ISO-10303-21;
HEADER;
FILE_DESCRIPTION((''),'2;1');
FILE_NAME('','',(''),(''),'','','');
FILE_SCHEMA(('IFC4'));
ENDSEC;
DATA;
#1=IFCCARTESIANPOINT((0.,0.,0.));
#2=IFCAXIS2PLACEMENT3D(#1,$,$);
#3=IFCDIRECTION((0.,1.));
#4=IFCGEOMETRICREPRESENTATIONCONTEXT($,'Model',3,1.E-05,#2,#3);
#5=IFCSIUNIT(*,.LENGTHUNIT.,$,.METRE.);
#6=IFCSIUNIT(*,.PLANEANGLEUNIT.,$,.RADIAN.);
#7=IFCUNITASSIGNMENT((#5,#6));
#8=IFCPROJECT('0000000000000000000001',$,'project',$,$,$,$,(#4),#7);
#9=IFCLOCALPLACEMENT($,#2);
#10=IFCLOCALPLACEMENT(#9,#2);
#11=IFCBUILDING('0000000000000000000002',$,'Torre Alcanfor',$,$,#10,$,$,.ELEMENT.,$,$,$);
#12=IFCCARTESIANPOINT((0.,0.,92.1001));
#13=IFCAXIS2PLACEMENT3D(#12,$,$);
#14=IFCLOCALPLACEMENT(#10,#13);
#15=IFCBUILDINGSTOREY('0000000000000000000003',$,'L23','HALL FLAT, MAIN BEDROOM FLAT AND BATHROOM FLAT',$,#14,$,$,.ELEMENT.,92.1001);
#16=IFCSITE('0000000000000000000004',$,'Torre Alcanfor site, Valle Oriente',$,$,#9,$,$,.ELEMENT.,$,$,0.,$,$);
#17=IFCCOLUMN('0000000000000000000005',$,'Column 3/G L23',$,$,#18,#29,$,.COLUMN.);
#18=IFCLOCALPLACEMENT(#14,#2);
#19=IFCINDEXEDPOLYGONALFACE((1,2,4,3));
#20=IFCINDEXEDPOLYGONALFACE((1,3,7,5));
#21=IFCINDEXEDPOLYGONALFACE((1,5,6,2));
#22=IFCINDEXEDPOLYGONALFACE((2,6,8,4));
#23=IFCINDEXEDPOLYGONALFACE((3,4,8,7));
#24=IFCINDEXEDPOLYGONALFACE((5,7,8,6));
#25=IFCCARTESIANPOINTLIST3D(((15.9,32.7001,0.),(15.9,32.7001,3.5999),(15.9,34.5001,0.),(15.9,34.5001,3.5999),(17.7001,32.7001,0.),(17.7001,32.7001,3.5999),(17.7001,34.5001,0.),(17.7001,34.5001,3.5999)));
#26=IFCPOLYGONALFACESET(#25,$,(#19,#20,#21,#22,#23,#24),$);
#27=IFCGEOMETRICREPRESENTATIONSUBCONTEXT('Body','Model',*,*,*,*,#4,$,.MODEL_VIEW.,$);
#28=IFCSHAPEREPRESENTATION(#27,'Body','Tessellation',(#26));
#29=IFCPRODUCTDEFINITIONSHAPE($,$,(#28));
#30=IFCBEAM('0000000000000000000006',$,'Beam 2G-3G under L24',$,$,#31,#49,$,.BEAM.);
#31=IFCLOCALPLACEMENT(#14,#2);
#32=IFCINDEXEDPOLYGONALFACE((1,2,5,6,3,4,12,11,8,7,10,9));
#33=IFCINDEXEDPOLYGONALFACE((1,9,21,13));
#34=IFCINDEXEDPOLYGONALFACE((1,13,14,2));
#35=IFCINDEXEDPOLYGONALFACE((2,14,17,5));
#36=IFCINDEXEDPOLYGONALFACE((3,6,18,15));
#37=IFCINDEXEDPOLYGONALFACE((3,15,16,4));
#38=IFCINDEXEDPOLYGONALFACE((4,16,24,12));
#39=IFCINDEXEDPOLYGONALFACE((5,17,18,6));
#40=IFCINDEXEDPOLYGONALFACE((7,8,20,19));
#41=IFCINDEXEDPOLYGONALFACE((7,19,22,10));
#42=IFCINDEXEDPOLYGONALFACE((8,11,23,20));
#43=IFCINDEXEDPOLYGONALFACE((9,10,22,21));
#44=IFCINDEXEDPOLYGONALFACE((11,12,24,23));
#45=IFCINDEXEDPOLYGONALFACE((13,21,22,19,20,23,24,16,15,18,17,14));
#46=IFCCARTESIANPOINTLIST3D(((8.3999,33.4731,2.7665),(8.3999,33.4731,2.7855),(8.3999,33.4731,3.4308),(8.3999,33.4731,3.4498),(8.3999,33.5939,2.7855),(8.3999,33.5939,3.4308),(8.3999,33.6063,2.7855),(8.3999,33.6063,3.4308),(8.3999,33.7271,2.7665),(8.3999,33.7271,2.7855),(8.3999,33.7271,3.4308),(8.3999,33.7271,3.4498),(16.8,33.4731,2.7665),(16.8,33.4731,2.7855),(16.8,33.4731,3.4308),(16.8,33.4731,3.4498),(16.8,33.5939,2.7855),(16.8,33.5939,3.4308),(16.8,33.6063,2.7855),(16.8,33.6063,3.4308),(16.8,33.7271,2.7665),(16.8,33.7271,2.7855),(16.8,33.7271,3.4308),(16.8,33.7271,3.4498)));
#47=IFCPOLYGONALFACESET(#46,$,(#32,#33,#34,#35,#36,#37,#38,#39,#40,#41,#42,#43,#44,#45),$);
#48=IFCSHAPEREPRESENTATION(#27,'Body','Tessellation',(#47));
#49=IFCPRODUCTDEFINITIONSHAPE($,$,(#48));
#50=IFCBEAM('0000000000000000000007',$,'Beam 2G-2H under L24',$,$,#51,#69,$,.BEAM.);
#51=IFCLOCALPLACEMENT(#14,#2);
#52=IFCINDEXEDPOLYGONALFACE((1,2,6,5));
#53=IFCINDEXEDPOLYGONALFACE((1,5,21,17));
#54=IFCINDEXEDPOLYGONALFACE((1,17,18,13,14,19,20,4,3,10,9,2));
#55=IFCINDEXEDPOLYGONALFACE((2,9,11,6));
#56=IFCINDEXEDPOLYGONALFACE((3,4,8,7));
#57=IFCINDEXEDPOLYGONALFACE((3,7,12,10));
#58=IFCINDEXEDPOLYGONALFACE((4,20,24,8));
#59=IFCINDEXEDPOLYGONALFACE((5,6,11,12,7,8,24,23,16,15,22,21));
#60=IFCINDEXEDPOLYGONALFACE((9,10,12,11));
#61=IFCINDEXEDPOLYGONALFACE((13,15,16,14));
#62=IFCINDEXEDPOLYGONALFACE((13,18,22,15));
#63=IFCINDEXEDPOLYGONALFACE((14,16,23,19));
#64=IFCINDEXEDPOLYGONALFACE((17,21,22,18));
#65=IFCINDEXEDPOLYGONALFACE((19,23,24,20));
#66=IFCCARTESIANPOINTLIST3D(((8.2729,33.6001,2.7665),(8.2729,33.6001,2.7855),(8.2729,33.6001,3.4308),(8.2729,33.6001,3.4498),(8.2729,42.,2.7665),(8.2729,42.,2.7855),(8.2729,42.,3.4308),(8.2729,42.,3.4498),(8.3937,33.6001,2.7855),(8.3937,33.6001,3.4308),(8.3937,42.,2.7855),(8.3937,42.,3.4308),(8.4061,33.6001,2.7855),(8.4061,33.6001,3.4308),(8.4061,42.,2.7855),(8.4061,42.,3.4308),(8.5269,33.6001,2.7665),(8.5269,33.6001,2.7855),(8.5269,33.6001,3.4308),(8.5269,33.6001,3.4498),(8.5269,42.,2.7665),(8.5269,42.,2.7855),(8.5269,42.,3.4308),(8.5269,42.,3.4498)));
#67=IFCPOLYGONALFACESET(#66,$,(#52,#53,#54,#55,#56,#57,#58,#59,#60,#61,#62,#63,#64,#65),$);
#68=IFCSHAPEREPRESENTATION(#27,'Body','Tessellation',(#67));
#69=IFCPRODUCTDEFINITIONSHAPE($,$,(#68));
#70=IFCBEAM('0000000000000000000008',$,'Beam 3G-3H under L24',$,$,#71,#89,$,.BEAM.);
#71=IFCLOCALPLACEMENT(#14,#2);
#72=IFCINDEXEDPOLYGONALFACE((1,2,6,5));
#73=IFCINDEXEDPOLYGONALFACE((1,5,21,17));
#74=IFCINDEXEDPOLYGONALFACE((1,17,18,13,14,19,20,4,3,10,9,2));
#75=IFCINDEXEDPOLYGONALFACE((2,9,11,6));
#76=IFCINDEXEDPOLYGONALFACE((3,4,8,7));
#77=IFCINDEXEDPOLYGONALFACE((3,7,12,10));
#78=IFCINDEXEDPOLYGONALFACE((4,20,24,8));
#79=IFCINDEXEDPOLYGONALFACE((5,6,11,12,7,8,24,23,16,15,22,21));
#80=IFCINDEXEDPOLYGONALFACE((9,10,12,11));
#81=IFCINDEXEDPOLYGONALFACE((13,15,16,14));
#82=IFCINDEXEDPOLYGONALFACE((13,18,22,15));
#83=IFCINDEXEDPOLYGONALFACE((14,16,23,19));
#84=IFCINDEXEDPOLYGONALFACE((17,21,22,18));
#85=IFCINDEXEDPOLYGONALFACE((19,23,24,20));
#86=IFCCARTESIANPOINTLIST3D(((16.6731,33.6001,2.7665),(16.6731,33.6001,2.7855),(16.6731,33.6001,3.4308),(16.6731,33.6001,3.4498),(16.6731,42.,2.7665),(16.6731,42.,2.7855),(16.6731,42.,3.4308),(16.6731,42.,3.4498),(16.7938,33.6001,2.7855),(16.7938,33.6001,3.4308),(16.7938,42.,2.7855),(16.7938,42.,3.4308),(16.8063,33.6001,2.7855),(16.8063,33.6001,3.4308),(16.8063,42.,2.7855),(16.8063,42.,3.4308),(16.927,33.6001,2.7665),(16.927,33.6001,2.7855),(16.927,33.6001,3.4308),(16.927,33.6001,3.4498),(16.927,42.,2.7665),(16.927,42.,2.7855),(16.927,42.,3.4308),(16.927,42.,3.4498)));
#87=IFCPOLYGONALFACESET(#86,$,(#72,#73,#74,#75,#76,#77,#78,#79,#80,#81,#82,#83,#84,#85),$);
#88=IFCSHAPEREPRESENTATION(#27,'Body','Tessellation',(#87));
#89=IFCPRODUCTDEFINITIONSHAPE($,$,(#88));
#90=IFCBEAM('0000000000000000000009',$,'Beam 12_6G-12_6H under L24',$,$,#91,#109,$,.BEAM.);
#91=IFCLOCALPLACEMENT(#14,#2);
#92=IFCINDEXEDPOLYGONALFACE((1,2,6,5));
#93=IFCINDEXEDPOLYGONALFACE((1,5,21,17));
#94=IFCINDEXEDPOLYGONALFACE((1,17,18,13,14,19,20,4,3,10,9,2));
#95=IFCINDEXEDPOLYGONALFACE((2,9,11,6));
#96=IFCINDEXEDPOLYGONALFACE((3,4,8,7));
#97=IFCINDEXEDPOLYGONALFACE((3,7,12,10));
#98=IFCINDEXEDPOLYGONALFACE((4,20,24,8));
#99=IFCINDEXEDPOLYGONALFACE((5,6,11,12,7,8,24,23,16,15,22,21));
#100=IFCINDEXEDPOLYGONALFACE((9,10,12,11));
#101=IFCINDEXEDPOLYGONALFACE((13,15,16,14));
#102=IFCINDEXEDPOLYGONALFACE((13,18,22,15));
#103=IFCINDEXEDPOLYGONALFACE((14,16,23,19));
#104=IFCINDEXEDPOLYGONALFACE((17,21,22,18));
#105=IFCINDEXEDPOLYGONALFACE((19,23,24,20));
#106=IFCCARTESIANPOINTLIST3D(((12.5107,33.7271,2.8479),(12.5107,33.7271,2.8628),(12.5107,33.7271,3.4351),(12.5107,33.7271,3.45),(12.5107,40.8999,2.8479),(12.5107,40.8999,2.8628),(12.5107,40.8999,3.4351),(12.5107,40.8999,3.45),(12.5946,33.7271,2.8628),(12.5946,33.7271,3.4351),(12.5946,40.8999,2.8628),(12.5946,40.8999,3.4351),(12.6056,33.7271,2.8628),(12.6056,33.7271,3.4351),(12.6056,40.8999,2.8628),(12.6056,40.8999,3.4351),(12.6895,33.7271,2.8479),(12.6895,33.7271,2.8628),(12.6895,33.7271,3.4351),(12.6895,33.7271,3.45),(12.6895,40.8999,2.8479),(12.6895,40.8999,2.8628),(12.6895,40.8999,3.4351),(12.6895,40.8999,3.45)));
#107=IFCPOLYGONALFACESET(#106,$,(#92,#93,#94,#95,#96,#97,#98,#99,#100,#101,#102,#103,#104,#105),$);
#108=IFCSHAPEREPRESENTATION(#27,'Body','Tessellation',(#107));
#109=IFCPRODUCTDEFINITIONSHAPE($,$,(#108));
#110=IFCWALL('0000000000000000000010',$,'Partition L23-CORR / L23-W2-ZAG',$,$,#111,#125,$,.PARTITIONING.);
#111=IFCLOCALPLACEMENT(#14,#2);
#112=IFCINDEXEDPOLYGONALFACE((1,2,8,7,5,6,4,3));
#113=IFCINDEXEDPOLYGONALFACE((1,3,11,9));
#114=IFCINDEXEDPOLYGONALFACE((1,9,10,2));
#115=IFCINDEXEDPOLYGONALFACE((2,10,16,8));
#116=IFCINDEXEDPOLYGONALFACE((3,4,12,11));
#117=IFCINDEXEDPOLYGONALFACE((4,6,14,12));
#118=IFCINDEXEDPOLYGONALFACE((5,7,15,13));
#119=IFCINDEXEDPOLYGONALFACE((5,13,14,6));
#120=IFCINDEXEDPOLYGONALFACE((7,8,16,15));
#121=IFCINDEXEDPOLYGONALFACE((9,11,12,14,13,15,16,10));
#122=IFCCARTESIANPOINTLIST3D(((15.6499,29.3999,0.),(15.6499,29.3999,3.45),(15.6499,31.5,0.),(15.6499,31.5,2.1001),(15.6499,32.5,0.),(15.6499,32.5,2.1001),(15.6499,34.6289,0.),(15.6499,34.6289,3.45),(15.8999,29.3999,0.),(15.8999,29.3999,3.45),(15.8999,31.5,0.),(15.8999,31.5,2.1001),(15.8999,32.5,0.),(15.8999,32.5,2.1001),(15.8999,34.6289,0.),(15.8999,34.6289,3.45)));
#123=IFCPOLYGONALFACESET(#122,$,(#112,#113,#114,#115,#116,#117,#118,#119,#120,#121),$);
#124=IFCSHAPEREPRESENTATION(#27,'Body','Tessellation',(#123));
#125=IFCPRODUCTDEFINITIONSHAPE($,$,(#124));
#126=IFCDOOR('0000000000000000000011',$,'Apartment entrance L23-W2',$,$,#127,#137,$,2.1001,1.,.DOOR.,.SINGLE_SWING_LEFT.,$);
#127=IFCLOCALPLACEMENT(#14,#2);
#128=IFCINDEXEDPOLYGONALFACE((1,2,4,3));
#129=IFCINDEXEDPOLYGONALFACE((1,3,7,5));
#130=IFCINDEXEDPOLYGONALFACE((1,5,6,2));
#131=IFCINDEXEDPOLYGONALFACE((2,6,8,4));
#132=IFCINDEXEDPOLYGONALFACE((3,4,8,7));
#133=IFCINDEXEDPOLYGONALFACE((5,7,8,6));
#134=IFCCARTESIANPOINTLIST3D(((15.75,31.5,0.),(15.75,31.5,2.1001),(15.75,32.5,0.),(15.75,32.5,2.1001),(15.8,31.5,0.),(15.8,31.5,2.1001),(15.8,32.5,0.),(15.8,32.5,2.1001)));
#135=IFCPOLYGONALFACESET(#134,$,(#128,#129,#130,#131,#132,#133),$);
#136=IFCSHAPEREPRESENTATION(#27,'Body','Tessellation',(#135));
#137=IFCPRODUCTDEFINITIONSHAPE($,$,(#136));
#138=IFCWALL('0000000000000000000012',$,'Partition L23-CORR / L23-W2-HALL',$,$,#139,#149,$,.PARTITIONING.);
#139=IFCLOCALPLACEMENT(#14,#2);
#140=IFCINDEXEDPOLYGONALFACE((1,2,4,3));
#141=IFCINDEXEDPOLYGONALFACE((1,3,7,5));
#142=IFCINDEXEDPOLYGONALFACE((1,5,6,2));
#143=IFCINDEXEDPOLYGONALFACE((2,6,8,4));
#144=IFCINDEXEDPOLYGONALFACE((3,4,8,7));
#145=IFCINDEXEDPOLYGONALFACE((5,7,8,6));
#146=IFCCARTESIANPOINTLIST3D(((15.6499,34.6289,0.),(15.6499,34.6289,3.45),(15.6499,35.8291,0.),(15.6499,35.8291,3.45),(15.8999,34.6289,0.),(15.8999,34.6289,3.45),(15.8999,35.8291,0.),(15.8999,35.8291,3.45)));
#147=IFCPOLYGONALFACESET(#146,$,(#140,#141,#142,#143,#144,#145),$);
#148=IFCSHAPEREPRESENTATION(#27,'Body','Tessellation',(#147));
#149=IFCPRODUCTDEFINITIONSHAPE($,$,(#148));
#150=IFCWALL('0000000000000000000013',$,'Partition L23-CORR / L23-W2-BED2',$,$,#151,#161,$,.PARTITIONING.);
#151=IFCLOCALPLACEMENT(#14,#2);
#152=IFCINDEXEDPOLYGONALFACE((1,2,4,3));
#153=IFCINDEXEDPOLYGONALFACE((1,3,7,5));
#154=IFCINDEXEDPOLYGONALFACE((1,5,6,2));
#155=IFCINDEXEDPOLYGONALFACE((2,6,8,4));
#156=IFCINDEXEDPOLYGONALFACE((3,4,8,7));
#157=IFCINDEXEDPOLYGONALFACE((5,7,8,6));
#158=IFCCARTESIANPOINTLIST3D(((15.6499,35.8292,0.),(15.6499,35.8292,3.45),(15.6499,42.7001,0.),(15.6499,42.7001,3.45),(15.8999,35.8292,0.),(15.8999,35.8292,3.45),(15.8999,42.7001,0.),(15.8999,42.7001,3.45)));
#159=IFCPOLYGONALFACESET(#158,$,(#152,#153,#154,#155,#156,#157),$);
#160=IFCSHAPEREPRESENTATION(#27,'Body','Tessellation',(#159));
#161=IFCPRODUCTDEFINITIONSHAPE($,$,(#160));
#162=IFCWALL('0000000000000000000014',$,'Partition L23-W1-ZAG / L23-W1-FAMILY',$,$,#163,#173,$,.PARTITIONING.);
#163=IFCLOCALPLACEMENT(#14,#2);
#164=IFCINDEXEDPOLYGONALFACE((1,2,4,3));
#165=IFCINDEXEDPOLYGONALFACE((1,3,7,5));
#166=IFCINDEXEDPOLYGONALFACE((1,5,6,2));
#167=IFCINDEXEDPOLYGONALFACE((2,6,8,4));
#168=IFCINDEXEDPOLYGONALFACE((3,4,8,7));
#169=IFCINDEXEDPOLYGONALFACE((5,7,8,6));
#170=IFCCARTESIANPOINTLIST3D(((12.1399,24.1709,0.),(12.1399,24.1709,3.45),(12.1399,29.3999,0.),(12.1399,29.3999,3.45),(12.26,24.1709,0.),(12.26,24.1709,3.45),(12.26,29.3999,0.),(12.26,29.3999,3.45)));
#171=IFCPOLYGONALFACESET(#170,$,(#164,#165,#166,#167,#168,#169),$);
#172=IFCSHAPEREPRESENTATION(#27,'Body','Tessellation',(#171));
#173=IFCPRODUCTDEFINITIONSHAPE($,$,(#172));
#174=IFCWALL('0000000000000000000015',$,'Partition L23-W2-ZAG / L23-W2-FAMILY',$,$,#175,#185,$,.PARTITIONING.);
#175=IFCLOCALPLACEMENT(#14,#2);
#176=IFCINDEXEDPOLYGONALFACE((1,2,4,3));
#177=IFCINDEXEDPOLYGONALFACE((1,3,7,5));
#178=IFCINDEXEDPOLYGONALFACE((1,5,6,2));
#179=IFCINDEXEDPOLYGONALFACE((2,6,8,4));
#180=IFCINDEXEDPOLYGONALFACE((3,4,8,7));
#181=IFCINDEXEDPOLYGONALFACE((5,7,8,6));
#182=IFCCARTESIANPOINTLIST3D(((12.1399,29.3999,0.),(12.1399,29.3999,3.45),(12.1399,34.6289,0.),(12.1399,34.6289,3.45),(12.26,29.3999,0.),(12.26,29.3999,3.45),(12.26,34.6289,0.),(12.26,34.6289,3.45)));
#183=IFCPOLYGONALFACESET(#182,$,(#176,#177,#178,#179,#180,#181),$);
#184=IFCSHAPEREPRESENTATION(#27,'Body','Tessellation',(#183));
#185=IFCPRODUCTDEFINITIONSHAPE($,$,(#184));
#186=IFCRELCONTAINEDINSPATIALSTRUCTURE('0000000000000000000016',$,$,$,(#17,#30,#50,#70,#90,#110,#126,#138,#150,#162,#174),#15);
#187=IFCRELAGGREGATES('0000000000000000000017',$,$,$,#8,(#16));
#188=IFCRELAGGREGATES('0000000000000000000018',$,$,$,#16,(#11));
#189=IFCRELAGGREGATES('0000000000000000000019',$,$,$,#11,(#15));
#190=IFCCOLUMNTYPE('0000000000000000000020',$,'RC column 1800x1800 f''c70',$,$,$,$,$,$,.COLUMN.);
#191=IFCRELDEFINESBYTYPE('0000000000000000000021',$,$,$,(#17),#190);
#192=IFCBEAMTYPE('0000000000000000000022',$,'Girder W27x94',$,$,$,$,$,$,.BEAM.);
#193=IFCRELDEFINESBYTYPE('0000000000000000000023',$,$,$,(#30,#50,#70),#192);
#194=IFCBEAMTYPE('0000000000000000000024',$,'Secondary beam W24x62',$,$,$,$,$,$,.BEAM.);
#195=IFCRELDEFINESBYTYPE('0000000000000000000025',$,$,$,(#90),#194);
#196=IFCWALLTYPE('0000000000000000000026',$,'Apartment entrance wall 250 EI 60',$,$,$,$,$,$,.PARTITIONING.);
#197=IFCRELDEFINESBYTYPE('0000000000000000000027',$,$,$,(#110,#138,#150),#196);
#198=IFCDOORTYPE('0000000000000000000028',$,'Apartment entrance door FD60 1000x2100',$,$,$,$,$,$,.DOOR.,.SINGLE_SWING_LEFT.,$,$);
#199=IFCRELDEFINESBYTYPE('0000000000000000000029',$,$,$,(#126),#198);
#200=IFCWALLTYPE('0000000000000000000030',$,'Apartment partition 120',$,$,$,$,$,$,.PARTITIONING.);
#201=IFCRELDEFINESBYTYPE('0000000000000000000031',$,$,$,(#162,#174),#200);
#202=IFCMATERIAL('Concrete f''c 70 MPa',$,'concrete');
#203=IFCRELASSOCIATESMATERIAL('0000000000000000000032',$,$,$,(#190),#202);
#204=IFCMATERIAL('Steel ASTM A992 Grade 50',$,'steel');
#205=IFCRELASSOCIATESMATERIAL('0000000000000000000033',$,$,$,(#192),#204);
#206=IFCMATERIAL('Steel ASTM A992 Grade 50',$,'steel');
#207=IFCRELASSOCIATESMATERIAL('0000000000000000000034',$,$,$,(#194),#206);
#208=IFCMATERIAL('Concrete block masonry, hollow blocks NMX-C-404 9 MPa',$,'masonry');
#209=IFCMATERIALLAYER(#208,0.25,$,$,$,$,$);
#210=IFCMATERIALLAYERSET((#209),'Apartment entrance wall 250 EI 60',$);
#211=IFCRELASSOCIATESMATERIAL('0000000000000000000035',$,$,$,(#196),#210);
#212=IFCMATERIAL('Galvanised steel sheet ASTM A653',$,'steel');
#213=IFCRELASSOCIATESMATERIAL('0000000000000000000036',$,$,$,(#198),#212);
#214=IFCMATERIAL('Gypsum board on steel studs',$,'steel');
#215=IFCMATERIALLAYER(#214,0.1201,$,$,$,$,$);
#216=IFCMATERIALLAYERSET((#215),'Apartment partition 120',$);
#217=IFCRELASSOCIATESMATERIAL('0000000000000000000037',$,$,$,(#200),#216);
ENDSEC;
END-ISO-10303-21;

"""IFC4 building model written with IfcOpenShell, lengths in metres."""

from ifc_helpers import new_model, si_unit, direction, frame, frame_2d, origin, origin_2d, place, context, subcontext, project, spatial, rectangle, i_section, extrude, material, layer, layer_set, material_profile, profile_set, type_object, element, fill, save


model = new_model("IFC4")

# Units and contexts
model_context = context("Model", 3, precision=1e-05, world=origin(), true_north=direction((0.0, 1.0)))
body_context = subcontext(model_context, "Body", "Model", "MODEL_VIEW")
ifc_project = project(units=[si_unit("LENGTHUNIT", "METRE"), si_unit("PLANEANGLEUNIT", "RADIAN")], contexts=[model_context])

# Site, building, storey
site_placement = place(None, origin())
site = spatial("IfcSite", under=ifc_project, at=site_placement, Name="Torre Alcanfor site, Valle Oriente", CompositionType="ELEMENT", RefElevation=0.0)
building_placement = place(site_placement, origin())
building = spatial("IfcBuilding", under=site, at=building_placement, Name="Torre Alcanfor", CompositionType="ELEMENT")
storey_placement = place(building_placement, frame((0.0, 0.0, 92.1001)))
storey = spatial("IfcBuildingStorey", under=building, at=storey_placement, Name="L23", Description="HALL FLAT, MAIN BEDROOM FLAT AND BATHROOM FLAT", CompositionType="ELEMENT", Elevation=92.1001)

# Column
ifc_material_1 = material(Name="Concrete f'c 70 MPa", Category="concrete")
ifc_material_profile_1 = material_profile(ifc_material_1, rectangle(XDim=1.8, YDim=1.8, at=origin_2d()), Name="1800x1800")
ifc_profile_set_1 = profile_set([ifc_material_profile_1], Name="Concrete f'c 70 MPa")
column_type = type_object("IfcColumnType", Name="RC column 1800x1800 f'c70", PredefinedType="COLUMN", material=ifc_profile_set_1)
column_placement = place(storey_placement, frame((16.8, 33.6001, 0.0), z_axis=(0.0, 0.0, 1.0), x_axis=(1.0, 0.0, 0.0)))
element("IfcColumn", 1, at=column_placement, inside=storey, type_object=column_type, Name="Column 3/G L23", PredefinedType="COLUMN", context=body_context, shape_type="SweptSolid", body=[
    extrude(rectangle(XDim=1.8, YDim=1.8, at=origin_2d()), origin(), (0.0, 0.0, 1.0), 3.5999),
])

# Beams
ifc_material_2 = material(Name="Steel ASTM A992 Grade 50", Category="steel")
ifc_material_profile_2 = material_profile(ifc_material_2, i_section(OverallWidth=0.2539, OverallDepth=0.6833, WebThickness=0.0125, FlangeThickness=0.019, at=origin_2d()), Name="W27x94")
ifc_profile_set_2 = profile_set([ifc_material_profile_2], Name="Steel ASTM A992 Grade 50")
beam_type_1 = type_object("IfcBeamType", Name="Girder W27x94", PredefinedType="BEAM", material=ifc_profile_set_2)
beam_1_placement = place(storey_placement, frame((8.3999, 33.6001, 3.1082), z_axis=(1.0, 0.0, 0.0), x_axis=(0.0, 1.0, 0.0)))
element("IfcBeam", 2, at=beam_1_placement, inside=storey, type_object=beam_type_1, Name="Beam 2G-3G under L24", PredefinedType="BEAM", context=body_context, shape_type="SweptSolid", body=[
    extrude(i_section(OverallWidth=0.2539, OverallDepth=0.6833, WebThickness=0.0125, FlangeThickness=0.019, at=origin_2d()), origin(), (0.0, 0.0, 1.0), 8.4001),
])
for number, where, z_axis, x_axis, name in (
    (3, (8.3999, 33.6001, 3.1082), (0.0, 1.0, 0.0), (-1.0, 0.0, 0.0), "Beam 2G-2H under L24"),
    (4, (16.8, 33.6001, 3.1082), (0.0, 1.0, 0.0), (-1.0, 0.0, 0.0), "Beam 3G-3H under L24"),
):
    element("IfcBeam", number, at=place(storey_placement, frame(where, z_axis=z_axis, x_axis=x_axis)), inside=storey, type_object=beam_type_1, Name=name, PredefinedType="BEAM", context=body_context, shape_type="SweptSolid", body=[
        extrude(i_section(OverallWidth=0.2539, OverallDepth=0.6833, WebThickness=0.0125, FlangeThickness=0.019, at=origin_2d()), origin(), (0.0, 0.0, 1.0), 8.3999),
    ])
ifc_material_3 = material(Name="Steel ASTM A992 Grade 50", Category="steel")
ifc_material_profile_3 = material_profile(ifc_material_3, i_section(OverallWidth=0.1787, OverallDepth=0.6021, WebThickness=0.011, FlangeThickness=0.0149, at=origin_2d()), Name="W24x62")
ifc_profile_set_3 = profile_set([ifc_material_profile_3], Name="Steel ASTM A992 Grade 50")
beam_type_2 = type_object("IfcBeamType", Name="Secondary beam W24x62", PredefinedType="BEAM", material=ifc_profile_set_3)
beam_2_placement = place(storey_placement, frame((12.6001, 33.7271, 3.1489), z_axis=(0.0, 1.0, 0.0), x_axis=(-1.0, 0.0, 0.0)))
element("IfcBeam", 5, at=beam_2_placement, inside=storey, type_object=beam_type_2, Name="Beam 12_6G-12_6H under L24", PredefinedType="BEAM", context=body_context, shape_type="SweptSolid", body=[
    extrude(i_section(OverallWidth=0.1787, OverallDepth=0.6021, WebThickness=0.011, FlangeThickness=0.0149, at=origin_2d()), origin(), (0.0, 0.0, 1.0), 7.1729),
])

# Wall, opening, door
ifc_material_4 = material(Name="Concrete block masonry, hollow blocks NMX-C-404 9 MPa", Category="masonry")
ifc_layer_1 = layer(ifc_material_4, 0.25)
ifc_layer_set_1 = layer_set([ifc_layer_1], Name="Apartment entrance wall 250 EI 60")
wall_type_1 = type_object("IfcWallType", Name="Apartment entrance wall 250 EI 60", PredefinedType="PARTITIONING", material=ifc_layer_set_1)
wall_1_placement = place(storey_placement, frame((15.7749, 29.3999, 0.0), z_axis=(0.0, 0.0, 1.0), x_axis=(0.0, 1.0, 0.0)))
wall_1 = element("IfcWall", 6, at=wall_1_placement, inside=storey, type_object=wall_type_1, Name="Partition L23-CORR / L23-W2-ZAG", PredefinedType="PARTITIONING", context=body_context, shape_type="SweptSolid", body=[
    extrude(rectangle(XDim=5.229, YDim=0.25, at=frame_2d((2.6145, 0.0))), origin(), (0.0, 0.0, 1.0), 3.45),
])
opening_1_placement = place(wall_1_placement, frame((2.1001, 0.0, 0.0)))
opening_1 = element("IfcOpeningElement", 7, at=opening_1_placement, cuts=wall_1, PredefinedType="OPENING", context=body_context, shape_type="SweptSolid", body=[
    extrude(rectangle(XDim=1.0, YDim=2.1001, at=frame_2d((0.5, 1.05))), frame((0.0, 0.135, 0.0), z_axis=(0.0, -1.0, 0.0), x_axis=(1.0, 0.0, 0.0)), (0.0, 0.0, 1.0), 0.27),
])
ifc_material_5 = material(Name="Galvanised steel sheet ASTM A653", Category="steel")
door_type_1 = type_object("IfcDoorType", Name="Apartment entrance door FD60 1000x2100", OperationType="SINGLE_SWING_LEFT", PredefinedType="DOOR", material=ifc_material_5)
door_1_placement = place(opening_1_placement, origin())
door_1 = element("IfcDoor", 8, at=door_1_placement, inside=storey, type_object=door_type_1, Name="Apartment entrance L23-W2", OperationType="SINGLE_SWING_LEFT", OverallHeight=2.1001, OverallWidth=1.0, PredefinedType="DOOR", context=body_context, shape_type="SweptSolid", body=[
    extrude(rectangle(XDim=1.0, YDim=2.1001, at=frame_2d((0.5, 1.05))), frame((0.0, 0.0249, 0.0), z_axis=(0.0, -1.0, 0.0), x_axis=(1.0, 0.0, 0.0)), (0.0, 0.0, 1.0), 0.05),
])
fill(opening_1, door_1)

# Walls
wall_2_placement = place(storey_placement, frame((15.7749, 34.6289, 0.0), z_axis=(0.0, 0.0, 1.0), x_axis=(0.0, 1.0, 0.0)))
element("IfcWall", 9, at=wall_2_placement, inside=storey, type_object=wall_type_1, Name="Partition L23-CORR / L23-W2-HALL", PredefinedType="PARTITIONING", context=body_context, shape_type="SweptSolid", body=[
    extrude(rectangle(XDim=1.2002, YDim=0.25, at=frame_2d((0.6001, 0.0))), origin(), (0.0, 0.0, 1.0), 3.45),
])
wall_3_placement = place(storey_placement, frame((15.7749, 35.8291, 0.0), z_axis=(0.0, 0.0, 1.0), x_axis=(0.0, 1.0, 0.0)))
element("IfcWall", 10, at=wall_3_placement, inside=storey, type_object=wall_type_1, Name="Partition L23-CORR / L23-W2-BED2", PredefinedType="PARTITIONING", context=body_context, shape_type="SweptSolid", body=[
    extrude(rectangle(XDim=6.8708, YDim=0.25, at=frame_2d((3.4355, 0.0))), origin(), (0.0, 0.0, 1.0), 3.45),
])
ifc_material_6 = material(Name="Gypsum board on steel studs", Category="steel")
ifc_layer_2 = layer(ifc_material_6, 0.1201)
ifc_layer_set_2 = layer_set([ifc_layer_2], Name="Apartment partition 120")
wall_type_2 = type_object("IfcWallType", Name="Apartment partition 120", PredefinedType="PARTITIONING", material=ifc_layer_set_2)
for number, where, z_axis, x_axis, name in (
    (11, (12.2, 29.3999, 0.0), (0.0, 0.0, 1.0), (0.0, -1.0, 0.0), "Partition L23-W1-ZAG / L23-W1-FAMILY"),
    (12, (12.2, 29.3999, 0.0), (0.0, 0.0, 1.0), (0.0, 1.0, 0.0), "Partition L23-W2-ZAG / L23-W2-FAMILY"),
):
    element("IfcWall", number, at=place(storey_placement, frame(where, z_axis=z_axis, x_axis=x_axis)), inside=storey, type_object=wall_type_2, Name=name, PredefinedType="PARTITIONING", context=body_context, shape_type="SweptSolid", body=[
        extrude(rectangle(XDim=5.229, YDim=0.1201, at=frame_2d((2.6145, 0.0))), origin(), (0.0, 0.0, 1.0), 3.45),
    ])

save(model, "model.ifc")
